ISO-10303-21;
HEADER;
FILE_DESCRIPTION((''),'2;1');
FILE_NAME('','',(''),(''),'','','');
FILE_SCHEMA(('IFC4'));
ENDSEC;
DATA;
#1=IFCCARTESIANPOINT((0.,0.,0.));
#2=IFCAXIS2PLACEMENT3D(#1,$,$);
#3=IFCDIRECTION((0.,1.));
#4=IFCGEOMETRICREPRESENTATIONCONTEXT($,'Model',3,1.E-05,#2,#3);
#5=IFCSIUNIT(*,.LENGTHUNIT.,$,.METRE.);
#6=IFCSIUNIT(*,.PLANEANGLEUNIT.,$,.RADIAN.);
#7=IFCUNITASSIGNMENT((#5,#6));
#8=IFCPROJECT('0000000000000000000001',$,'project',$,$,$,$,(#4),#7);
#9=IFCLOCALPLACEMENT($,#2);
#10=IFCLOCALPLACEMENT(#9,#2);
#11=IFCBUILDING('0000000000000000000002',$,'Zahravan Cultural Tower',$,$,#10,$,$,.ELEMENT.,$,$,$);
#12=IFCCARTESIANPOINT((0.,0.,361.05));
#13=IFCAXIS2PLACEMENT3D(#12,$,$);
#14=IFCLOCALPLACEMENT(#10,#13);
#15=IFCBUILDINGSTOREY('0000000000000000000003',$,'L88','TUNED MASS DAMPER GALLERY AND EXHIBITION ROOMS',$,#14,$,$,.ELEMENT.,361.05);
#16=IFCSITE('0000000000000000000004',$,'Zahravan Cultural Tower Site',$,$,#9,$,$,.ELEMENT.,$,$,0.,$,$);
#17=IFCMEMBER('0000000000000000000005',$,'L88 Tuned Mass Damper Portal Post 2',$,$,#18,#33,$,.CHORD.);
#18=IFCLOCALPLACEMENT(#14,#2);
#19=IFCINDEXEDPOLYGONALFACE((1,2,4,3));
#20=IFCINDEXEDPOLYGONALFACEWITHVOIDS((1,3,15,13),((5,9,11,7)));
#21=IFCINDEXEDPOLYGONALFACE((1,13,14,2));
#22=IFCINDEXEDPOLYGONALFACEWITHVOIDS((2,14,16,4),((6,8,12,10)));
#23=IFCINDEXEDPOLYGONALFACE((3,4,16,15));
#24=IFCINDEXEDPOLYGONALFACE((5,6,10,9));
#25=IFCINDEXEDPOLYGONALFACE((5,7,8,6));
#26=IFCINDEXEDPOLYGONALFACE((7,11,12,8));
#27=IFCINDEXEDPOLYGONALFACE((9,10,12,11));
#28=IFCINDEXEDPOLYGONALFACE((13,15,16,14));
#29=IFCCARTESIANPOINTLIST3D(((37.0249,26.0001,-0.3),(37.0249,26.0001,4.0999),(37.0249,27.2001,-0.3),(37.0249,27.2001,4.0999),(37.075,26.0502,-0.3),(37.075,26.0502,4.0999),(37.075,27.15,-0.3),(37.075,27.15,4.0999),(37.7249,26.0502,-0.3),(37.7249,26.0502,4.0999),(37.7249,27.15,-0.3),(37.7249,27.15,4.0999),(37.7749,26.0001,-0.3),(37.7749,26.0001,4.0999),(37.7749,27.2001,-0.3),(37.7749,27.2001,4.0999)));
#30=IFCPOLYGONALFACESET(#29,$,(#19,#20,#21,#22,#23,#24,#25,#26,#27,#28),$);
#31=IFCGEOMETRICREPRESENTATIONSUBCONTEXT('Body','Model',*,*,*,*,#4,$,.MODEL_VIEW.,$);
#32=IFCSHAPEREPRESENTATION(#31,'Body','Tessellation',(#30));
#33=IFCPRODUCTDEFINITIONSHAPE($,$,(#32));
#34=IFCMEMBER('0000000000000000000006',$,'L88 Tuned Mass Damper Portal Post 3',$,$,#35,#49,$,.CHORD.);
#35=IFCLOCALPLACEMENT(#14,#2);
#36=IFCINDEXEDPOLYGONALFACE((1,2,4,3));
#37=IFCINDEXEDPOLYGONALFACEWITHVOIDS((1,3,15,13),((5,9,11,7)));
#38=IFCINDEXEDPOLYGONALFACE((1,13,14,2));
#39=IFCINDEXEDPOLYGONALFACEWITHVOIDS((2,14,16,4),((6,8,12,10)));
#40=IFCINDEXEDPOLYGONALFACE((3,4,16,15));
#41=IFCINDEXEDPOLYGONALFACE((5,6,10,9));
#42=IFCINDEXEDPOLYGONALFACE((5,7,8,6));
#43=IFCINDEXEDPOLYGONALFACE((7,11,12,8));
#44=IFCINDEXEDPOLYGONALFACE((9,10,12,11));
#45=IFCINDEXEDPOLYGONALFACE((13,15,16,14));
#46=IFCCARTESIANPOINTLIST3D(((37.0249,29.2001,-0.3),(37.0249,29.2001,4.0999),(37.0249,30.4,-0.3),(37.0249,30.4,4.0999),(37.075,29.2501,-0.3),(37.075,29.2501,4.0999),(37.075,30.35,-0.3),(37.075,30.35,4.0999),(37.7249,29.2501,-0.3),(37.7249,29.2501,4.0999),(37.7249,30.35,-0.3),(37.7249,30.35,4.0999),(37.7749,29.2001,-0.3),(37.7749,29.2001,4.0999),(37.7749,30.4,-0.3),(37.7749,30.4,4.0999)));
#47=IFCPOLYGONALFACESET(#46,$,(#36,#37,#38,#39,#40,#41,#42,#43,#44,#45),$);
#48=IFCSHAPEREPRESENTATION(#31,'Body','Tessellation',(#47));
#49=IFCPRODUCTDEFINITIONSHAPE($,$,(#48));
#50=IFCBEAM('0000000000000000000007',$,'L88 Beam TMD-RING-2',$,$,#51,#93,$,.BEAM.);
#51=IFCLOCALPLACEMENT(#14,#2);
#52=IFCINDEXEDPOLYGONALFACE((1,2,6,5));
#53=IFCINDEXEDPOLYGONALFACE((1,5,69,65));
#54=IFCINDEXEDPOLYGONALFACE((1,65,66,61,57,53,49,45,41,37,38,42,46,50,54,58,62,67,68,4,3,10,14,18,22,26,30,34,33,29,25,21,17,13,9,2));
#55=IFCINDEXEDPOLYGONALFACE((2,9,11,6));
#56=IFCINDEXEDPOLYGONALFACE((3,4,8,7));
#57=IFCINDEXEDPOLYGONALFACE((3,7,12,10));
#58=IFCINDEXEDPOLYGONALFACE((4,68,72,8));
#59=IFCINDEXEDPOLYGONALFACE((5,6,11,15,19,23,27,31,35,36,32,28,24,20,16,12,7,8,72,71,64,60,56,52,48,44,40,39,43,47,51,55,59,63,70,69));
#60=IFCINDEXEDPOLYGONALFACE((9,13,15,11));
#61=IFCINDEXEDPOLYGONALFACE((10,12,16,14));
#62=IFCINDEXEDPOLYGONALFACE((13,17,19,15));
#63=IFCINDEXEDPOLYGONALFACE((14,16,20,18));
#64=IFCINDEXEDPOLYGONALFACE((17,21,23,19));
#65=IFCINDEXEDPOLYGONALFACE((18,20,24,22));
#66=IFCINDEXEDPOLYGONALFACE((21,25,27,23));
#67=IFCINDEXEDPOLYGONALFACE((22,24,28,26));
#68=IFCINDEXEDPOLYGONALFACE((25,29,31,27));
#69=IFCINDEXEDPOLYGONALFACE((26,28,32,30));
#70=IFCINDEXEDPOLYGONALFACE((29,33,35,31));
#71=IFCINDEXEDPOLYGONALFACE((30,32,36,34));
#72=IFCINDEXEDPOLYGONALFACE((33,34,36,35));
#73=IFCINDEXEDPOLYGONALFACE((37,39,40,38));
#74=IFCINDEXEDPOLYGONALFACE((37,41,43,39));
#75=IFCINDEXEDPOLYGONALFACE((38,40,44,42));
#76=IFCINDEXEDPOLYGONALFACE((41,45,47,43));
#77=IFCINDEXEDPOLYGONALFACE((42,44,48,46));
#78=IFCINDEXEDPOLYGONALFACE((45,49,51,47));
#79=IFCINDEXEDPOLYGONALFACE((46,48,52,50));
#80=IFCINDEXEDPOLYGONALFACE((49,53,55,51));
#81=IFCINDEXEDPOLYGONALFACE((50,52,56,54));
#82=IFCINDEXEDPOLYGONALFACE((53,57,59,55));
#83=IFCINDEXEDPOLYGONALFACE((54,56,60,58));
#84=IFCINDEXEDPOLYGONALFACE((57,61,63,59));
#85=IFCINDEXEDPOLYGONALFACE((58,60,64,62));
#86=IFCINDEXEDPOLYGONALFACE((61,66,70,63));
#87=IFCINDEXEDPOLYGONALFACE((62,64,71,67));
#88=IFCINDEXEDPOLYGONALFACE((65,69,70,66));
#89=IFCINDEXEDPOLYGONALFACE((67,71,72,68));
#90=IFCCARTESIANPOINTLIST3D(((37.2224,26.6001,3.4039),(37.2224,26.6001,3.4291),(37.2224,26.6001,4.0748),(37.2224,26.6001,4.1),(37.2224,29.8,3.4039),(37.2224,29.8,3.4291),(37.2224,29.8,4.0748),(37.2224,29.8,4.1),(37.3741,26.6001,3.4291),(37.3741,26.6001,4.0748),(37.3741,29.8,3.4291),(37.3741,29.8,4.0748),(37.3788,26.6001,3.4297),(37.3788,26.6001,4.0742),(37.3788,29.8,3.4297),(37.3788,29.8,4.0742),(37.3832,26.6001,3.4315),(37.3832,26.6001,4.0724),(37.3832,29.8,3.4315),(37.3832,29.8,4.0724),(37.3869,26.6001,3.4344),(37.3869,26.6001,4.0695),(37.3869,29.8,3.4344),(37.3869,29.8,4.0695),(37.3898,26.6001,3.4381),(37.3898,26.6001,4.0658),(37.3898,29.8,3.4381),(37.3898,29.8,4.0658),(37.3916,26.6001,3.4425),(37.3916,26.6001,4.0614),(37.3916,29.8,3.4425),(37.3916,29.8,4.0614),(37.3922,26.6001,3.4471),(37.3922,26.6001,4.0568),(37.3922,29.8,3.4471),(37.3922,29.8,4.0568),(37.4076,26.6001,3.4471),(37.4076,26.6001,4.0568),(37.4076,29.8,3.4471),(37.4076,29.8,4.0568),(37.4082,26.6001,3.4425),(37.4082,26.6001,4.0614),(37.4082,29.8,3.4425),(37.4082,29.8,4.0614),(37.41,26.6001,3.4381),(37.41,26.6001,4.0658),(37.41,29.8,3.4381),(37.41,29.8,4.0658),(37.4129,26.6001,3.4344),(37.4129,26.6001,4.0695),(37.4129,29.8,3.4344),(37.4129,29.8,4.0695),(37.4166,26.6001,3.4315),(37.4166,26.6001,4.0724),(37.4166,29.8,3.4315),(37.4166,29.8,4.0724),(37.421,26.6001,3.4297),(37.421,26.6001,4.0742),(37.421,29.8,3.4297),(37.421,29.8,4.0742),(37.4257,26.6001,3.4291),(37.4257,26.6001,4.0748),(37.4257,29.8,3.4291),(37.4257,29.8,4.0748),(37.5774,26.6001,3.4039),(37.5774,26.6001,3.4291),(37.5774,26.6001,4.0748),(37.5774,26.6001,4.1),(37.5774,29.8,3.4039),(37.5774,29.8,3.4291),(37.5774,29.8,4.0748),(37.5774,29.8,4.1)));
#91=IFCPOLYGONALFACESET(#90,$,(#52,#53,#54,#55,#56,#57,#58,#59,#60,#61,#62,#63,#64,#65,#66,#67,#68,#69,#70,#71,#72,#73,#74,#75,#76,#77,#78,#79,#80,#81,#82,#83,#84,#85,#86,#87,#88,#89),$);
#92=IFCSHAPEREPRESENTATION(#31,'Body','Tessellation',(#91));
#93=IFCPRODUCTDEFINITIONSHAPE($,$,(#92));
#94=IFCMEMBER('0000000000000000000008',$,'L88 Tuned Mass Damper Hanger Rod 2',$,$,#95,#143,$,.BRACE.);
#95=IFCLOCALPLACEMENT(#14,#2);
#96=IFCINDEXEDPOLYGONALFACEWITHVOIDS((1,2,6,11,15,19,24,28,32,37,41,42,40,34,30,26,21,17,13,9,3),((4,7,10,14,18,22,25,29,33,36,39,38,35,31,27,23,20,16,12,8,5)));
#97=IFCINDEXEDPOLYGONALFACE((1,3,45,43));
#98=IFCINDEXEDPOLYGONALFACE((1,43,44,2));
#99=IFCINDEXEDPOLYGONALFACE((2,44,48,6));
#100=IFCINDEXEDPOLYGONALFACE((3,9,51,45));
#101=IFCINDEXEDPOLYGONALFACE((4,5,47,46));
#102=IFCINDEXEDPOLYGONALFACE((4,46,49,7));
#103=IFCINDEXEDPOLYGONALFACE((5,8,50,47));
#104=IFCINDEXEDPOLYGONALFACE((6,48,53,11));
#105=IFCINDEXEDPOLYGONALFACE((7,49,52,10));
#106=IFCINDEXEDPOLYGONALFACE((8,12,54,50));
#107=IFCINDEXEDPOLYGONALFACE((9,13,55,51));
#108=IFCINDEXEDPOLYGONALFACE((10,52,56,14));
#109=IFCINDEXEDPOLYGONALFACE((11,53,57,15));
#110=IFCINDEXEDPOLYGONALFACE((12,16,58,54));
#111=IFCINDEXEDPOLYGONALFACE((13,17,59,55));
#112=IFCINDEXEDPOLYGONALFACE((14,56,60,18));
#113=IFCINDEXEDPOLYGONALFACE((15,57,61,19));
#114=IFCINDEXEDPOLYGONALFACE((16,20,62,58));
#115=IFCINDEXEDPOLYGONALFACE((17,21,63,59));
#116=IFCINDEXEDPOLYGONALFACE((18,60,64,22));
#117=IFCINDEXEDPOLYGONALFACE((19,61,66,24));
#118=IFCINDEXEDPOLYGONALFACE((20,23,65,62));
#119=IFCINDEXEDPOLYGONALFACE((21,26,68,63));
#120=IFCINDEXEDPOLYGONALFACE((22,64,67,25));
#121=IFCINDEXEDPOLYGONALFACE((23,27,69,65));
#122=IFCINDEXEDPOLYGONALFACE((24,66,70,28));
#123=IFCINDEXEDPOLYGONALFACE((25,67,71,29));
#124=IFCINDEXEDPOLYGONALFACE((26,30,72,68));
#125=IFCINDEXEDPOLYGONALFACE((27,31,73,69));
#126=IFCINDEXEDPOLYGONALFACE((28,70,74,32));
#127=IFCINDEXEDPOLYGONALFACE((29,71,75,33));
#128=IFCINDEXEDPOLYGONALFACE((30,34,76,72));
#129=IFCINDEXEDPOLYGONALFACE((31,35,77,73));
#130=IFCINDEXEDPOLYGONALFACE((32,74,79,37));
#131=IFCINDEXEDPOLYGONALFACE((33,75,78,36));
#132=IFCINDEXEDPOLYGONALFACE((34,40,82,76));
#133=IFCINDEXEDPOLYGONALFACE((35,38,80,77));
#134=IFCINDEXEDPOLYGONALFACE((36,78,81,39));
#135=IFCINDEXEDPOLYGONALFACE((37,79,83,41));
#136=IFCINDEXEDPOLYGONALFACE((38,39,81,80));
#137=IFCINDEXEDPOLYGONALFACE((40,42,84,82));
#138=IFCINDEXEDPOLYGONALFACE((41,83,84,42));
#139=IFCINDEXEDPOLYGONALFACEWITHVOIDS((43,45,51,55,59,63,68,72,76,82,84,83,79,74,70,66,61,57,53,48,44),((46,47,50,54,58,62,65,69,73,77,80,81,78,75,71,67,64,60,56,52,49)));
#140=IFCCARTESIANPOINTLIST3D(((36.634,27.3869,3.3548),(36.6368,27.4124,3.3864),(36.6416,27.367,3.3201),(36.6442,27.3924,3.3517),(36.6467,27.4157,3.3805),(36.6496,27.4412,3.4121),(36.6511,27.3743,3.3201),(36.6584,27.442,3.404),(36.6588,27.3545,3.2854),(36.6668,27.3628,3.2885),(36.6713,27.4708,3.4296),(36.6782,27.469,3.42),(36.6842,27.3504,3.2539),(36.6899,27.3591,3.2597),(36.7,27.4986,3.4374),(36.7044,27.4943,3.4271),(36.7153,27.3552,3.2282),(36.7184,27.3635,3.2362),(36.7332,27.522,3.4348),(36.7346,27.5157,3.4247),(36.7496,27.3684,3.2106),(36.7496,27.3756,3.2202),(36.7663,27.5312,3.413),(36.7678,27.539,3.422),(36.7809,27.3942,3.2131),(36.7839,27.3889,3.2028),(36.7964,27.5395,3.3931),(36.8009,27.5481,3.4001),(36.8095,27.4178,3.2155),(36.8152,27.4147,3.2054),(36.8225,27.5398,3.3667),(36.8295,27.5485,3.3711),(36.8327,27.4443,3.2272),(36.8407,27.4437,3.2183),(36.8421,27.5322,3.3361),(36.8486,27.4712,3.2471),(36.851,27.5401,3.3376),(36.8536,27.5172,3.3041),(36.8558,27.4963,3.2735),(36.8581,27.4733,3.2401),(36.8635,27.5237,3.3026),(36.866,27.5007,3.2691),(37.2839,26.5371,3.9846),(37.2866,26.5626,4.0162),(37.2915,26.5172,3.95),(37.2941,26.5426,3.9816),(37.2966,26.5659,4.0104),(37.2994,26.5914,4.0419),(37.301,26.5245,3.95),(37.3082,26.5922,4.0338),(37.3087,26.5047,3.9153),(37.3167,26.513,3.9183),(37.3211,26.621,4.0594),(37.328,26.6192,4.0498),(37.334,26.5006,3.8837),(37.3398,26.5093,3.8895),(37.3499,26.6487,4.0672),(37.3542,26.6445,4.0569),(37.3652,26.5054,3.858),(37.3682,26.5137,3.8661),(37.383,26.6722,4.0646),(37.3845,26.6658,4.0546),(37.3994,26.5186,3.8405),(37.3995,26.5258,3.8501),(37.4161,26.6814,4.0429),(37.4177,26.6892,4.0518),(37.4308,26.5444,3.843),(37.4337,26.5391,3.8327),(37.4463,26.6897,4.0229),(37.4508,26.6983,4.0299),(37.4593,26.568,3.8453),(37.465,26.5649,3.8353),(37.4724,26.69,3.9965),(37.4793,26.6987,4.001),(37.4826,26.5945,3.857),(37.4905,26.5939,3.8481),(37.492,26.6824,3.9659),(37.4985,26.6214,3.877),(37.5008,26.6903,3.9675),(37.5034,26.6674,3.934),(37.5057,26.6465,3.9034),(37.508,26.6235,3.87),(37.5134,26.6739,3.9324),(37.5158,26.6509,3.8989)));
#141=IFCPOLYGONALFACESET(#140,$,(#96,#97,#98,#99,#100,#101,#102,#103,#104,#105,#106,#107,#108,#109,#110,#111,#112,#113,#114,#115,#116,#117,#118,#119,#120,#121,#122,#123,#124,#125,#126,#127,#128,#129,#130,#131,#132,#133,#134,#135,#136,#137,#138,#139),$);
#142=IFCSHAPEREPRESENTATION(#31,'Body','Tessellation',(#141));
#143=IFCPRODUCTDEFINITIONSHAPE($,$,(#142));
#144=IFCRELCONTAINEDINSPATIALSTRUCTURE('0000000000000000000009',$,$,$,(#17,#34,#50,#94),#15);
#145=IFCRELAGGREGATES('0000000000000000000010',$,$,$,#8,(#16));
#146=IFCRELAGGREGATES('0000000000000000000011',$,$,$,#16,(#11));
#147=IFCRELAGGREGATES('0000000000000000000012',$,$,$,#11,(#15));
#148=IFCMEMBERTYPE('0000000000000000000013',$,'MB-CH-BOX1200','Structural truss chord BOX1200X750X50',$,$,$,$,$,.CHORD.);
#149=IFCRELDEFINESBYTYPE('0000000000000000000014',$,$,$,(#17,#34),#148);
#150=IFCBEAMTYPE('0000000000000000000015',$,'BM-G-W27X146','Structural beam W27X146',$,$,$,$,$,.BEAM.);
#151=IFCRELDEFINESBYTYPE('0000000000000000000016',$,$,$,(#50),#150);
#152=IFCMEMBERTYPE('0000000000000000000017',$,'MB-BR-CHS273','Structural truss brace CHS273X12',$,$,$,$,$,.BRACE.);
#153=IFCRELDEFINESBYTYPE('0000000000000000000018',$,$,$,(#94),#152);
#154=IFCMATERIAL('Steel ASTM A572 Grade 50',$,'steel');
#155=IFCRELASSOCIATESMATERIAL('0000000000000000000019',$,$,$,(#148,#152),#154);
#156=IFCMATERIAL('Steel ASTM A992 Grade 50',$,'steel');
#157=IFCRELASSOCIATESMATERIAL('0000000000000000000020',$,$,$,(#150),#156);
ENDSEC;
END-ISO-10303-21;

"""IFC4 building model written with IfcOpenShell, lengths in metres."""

from ifc_helpers import new_model, si_unit, direction, frame, origin, origin_2d, place, context, subcontext, project, spatial, hollow_rectangle, hollow_circle, i_section, extrude, source, transform, mapped, material, material_profile, profile_set, type_object, element, save


model = new_model("IFC4")

# Units and contexts
model_context = context("Model", 3, precision=1e-05, world=origin(), true_north=direction((0.0, 1.0)))
body_context = subcontext(model_context, "Body", "Model", "MODEL_VIEW")
ifc_project = project(units=[si_unit("LENGTHUNIT", "METRE"), si_unit("PLANEANGLEUNIT", "RADIAN")], contexts=[model_context])

# Site, building, storey
site_placement = place(None, origin())
site = spatial("IfcSite", under=ifc_project, at=site_placement, Name="Zahravan Cultural Tower Site", CompositionType="ELEMENT", RefElevation=0.0)
building_placement = place(site_placement, origin())
building = spatial("IfcBuilding", under=site, at=building_placement, Name="Zahravan Cultural Tower", CompositionType="ELEMENT")
storey_placement = place(building_placement, frame((0.0, 0.0, 361.05)))
storey = spatial("IfcBuildingStorey", under=building, at=storey_placement, Name="L88", Description="TUNED MASS DAMPER GALLERY AND EXHIBITION ROOMS", CompositionType="ELEMENT", Elevation=361.05)

# Members
ifc_material_1 = material(Name="Steel ASTM A572 Grade 50", Category="steel")
ifc_material_profile_1 = material_profile(ifc_material_1, hollow_rectangle(XDim=0.75, YDim=1.2, WallThickness=0.05, at=origin_2d()), Name="BOX1200X750X50")
ifc_profile_set_1 = profile_set([ifc_material_profile_1], Name="Steel ASTM A572 Grade 50")
member_type_1 = type_object("IfcMemberType", Name="MB-CH-BOX1200", Description="Structural truss chord BOX1200X750X50", PredefinedType="CHORD", material=ifc_profile_set_1)
shared_shape_1 = source(origin(), body_context, "Body", "SweptSolid", [
    extrude(hollow_rectangle(XDim=0.75, YDim=1.2, WallThickness=0.05, at=origin_2d()), origin(), (0.0, 0.0, 1.0), 4.3999),
])
for number, where, z_axis, x_axis, name in (
    (1, (37.3999, 26.6001, -0.3), (0.0, 0.0, 1.0), (1.0, 0.0, 0.0), "L88 Tuned Mass Damper Portal Post 2"),
    (2, (37.3999, 29.8, -0.3), (0.0, 0.0, 1.0), (1.0, 0.0, 0.0), "L88 Tuned Mass Damper Portal Post 3"),
):
    element("IfcMember", number, at=place(storey_placement, frame(where, z_axis=z_axis, x_axis=x_axis)), inside=storey, type_object=member_type_1, Name=name, PredefinedType="CHORD", context=body_context, shape_type="MappedRepresentation", body=[
        mapped(shared_shape_1, transform((0.0, 0.0, 0.0), x_axis=(1.0, 0.0, 0.0), y_axis=(0.0, 1.0, 0.0), z_axis=(0.0, 0.0, 1.0), scale=1.0)),
    ])

# Beam
ifc_material_2 = material(Name="Steel ASTM A992 Grade 50", Category="steel")
ifc_material_profile_2 = material_profile(ifc_material_2, i_section(OverallWidth=0.355, OverallDepth=0.696, WebThickness=0.0154, FlangeThickness=0.0251, FilletRadius=0.0181, at=origin_2d()), Name="W27X146")
ifc_profile_set_2 = profile_set([ifc_material_profile_2], Name="Steel ASTM A992 Grade 50")
beam_type = type_object("IfcBeamType", Name="BM-G-W27X146", Description="Structural beam W27X146", PredefinedType="BEAM", material=ifc_profile_set_2)
shared_shape_2 = source(origin(), body_context, "Body", "SweptSolid", [
    extrude(i_section(OverallWidth=0.355, OverallDepth=0.696, WebThickness=0.0154, FlangeThickness=0.0251, FilletRadius=0.0181, at=origin_2d()), origin(), (0.0, 0.0, 1.0), 3.2),
])
beam_placement = place(storey_placement, frame((37.3999, 26.6001, 3.752), z_axis=(0.0, 1.0, 0.0), x_axis=(-1.0, 0.0, 0.0)))
element("IfcBeam", 3, at=beam_placement, inside=storey, type_object=beam_type, Name="L88 Beam TMD-RING-2", PredefinedType="BEAM", context=body_context, shape_type="MappedRepresentation", body=[
    mapped(shared_shape_2, transform((0.0, 0.0, 0.0), x_axis=(1.0, 0.0, 0.0), y_axis=(0.0, 1.0, 0.0), z_axis=(0.0, 0.0, 1.0), scale=1.0)),
])

# Member
ifc_material_profile_3 = material_profile(ifc_material_1, hollow_circle(Radius=0.1365, WallThickness=0.012, at=origin_2d()), Name="CHS273X12")
ifc_profile_set_3 = profile_set([ifc_material_profile_3], Name="Steel ASTM A572 Grade 50")
member_type_2 = type_object("IfcMemberType", Name="MB-BR-CHS273", Description="Structural truss brace CHS273X12", PredefinedType="BRACE", material=ifc_profile_set_3)
shared_shape_3 = source(origin(), body_context, "Body", "SweptSolid", [
    extrude(hollow_circle(Radius=0.1365, WallThickness=0.012, at=origin_2d()), origin(), (0.0, 0.0, 1.0), 1.2415),
])
member_1_placement = place(storey_placement, frame((37.3999, 26.6001, 3.95), z_axis=(-0.523472, 0.684526, -0.507347), x_axis=(-0.794351, -0.607459, 0.0)))
element("IfcMember", 4, at=member_1_placement, inside=storey, type_object=member_type_2, Name="L88 Tuned Mass Damper Hanger Rod 2", PredefinedType="BRACE", context=body_context, shape_type="MappedRepresentation", body=[
    mapped(shared_shape_3, transform((0.0, 0.0, 0.0), x_axis=(1.0, 0.0, 0.0), y_axis=(0.0, 1.0, 0.0), z_axis=(0.0, 0.0, 1.0), scale=1.0)),
])

save(model, "model.ifc")
